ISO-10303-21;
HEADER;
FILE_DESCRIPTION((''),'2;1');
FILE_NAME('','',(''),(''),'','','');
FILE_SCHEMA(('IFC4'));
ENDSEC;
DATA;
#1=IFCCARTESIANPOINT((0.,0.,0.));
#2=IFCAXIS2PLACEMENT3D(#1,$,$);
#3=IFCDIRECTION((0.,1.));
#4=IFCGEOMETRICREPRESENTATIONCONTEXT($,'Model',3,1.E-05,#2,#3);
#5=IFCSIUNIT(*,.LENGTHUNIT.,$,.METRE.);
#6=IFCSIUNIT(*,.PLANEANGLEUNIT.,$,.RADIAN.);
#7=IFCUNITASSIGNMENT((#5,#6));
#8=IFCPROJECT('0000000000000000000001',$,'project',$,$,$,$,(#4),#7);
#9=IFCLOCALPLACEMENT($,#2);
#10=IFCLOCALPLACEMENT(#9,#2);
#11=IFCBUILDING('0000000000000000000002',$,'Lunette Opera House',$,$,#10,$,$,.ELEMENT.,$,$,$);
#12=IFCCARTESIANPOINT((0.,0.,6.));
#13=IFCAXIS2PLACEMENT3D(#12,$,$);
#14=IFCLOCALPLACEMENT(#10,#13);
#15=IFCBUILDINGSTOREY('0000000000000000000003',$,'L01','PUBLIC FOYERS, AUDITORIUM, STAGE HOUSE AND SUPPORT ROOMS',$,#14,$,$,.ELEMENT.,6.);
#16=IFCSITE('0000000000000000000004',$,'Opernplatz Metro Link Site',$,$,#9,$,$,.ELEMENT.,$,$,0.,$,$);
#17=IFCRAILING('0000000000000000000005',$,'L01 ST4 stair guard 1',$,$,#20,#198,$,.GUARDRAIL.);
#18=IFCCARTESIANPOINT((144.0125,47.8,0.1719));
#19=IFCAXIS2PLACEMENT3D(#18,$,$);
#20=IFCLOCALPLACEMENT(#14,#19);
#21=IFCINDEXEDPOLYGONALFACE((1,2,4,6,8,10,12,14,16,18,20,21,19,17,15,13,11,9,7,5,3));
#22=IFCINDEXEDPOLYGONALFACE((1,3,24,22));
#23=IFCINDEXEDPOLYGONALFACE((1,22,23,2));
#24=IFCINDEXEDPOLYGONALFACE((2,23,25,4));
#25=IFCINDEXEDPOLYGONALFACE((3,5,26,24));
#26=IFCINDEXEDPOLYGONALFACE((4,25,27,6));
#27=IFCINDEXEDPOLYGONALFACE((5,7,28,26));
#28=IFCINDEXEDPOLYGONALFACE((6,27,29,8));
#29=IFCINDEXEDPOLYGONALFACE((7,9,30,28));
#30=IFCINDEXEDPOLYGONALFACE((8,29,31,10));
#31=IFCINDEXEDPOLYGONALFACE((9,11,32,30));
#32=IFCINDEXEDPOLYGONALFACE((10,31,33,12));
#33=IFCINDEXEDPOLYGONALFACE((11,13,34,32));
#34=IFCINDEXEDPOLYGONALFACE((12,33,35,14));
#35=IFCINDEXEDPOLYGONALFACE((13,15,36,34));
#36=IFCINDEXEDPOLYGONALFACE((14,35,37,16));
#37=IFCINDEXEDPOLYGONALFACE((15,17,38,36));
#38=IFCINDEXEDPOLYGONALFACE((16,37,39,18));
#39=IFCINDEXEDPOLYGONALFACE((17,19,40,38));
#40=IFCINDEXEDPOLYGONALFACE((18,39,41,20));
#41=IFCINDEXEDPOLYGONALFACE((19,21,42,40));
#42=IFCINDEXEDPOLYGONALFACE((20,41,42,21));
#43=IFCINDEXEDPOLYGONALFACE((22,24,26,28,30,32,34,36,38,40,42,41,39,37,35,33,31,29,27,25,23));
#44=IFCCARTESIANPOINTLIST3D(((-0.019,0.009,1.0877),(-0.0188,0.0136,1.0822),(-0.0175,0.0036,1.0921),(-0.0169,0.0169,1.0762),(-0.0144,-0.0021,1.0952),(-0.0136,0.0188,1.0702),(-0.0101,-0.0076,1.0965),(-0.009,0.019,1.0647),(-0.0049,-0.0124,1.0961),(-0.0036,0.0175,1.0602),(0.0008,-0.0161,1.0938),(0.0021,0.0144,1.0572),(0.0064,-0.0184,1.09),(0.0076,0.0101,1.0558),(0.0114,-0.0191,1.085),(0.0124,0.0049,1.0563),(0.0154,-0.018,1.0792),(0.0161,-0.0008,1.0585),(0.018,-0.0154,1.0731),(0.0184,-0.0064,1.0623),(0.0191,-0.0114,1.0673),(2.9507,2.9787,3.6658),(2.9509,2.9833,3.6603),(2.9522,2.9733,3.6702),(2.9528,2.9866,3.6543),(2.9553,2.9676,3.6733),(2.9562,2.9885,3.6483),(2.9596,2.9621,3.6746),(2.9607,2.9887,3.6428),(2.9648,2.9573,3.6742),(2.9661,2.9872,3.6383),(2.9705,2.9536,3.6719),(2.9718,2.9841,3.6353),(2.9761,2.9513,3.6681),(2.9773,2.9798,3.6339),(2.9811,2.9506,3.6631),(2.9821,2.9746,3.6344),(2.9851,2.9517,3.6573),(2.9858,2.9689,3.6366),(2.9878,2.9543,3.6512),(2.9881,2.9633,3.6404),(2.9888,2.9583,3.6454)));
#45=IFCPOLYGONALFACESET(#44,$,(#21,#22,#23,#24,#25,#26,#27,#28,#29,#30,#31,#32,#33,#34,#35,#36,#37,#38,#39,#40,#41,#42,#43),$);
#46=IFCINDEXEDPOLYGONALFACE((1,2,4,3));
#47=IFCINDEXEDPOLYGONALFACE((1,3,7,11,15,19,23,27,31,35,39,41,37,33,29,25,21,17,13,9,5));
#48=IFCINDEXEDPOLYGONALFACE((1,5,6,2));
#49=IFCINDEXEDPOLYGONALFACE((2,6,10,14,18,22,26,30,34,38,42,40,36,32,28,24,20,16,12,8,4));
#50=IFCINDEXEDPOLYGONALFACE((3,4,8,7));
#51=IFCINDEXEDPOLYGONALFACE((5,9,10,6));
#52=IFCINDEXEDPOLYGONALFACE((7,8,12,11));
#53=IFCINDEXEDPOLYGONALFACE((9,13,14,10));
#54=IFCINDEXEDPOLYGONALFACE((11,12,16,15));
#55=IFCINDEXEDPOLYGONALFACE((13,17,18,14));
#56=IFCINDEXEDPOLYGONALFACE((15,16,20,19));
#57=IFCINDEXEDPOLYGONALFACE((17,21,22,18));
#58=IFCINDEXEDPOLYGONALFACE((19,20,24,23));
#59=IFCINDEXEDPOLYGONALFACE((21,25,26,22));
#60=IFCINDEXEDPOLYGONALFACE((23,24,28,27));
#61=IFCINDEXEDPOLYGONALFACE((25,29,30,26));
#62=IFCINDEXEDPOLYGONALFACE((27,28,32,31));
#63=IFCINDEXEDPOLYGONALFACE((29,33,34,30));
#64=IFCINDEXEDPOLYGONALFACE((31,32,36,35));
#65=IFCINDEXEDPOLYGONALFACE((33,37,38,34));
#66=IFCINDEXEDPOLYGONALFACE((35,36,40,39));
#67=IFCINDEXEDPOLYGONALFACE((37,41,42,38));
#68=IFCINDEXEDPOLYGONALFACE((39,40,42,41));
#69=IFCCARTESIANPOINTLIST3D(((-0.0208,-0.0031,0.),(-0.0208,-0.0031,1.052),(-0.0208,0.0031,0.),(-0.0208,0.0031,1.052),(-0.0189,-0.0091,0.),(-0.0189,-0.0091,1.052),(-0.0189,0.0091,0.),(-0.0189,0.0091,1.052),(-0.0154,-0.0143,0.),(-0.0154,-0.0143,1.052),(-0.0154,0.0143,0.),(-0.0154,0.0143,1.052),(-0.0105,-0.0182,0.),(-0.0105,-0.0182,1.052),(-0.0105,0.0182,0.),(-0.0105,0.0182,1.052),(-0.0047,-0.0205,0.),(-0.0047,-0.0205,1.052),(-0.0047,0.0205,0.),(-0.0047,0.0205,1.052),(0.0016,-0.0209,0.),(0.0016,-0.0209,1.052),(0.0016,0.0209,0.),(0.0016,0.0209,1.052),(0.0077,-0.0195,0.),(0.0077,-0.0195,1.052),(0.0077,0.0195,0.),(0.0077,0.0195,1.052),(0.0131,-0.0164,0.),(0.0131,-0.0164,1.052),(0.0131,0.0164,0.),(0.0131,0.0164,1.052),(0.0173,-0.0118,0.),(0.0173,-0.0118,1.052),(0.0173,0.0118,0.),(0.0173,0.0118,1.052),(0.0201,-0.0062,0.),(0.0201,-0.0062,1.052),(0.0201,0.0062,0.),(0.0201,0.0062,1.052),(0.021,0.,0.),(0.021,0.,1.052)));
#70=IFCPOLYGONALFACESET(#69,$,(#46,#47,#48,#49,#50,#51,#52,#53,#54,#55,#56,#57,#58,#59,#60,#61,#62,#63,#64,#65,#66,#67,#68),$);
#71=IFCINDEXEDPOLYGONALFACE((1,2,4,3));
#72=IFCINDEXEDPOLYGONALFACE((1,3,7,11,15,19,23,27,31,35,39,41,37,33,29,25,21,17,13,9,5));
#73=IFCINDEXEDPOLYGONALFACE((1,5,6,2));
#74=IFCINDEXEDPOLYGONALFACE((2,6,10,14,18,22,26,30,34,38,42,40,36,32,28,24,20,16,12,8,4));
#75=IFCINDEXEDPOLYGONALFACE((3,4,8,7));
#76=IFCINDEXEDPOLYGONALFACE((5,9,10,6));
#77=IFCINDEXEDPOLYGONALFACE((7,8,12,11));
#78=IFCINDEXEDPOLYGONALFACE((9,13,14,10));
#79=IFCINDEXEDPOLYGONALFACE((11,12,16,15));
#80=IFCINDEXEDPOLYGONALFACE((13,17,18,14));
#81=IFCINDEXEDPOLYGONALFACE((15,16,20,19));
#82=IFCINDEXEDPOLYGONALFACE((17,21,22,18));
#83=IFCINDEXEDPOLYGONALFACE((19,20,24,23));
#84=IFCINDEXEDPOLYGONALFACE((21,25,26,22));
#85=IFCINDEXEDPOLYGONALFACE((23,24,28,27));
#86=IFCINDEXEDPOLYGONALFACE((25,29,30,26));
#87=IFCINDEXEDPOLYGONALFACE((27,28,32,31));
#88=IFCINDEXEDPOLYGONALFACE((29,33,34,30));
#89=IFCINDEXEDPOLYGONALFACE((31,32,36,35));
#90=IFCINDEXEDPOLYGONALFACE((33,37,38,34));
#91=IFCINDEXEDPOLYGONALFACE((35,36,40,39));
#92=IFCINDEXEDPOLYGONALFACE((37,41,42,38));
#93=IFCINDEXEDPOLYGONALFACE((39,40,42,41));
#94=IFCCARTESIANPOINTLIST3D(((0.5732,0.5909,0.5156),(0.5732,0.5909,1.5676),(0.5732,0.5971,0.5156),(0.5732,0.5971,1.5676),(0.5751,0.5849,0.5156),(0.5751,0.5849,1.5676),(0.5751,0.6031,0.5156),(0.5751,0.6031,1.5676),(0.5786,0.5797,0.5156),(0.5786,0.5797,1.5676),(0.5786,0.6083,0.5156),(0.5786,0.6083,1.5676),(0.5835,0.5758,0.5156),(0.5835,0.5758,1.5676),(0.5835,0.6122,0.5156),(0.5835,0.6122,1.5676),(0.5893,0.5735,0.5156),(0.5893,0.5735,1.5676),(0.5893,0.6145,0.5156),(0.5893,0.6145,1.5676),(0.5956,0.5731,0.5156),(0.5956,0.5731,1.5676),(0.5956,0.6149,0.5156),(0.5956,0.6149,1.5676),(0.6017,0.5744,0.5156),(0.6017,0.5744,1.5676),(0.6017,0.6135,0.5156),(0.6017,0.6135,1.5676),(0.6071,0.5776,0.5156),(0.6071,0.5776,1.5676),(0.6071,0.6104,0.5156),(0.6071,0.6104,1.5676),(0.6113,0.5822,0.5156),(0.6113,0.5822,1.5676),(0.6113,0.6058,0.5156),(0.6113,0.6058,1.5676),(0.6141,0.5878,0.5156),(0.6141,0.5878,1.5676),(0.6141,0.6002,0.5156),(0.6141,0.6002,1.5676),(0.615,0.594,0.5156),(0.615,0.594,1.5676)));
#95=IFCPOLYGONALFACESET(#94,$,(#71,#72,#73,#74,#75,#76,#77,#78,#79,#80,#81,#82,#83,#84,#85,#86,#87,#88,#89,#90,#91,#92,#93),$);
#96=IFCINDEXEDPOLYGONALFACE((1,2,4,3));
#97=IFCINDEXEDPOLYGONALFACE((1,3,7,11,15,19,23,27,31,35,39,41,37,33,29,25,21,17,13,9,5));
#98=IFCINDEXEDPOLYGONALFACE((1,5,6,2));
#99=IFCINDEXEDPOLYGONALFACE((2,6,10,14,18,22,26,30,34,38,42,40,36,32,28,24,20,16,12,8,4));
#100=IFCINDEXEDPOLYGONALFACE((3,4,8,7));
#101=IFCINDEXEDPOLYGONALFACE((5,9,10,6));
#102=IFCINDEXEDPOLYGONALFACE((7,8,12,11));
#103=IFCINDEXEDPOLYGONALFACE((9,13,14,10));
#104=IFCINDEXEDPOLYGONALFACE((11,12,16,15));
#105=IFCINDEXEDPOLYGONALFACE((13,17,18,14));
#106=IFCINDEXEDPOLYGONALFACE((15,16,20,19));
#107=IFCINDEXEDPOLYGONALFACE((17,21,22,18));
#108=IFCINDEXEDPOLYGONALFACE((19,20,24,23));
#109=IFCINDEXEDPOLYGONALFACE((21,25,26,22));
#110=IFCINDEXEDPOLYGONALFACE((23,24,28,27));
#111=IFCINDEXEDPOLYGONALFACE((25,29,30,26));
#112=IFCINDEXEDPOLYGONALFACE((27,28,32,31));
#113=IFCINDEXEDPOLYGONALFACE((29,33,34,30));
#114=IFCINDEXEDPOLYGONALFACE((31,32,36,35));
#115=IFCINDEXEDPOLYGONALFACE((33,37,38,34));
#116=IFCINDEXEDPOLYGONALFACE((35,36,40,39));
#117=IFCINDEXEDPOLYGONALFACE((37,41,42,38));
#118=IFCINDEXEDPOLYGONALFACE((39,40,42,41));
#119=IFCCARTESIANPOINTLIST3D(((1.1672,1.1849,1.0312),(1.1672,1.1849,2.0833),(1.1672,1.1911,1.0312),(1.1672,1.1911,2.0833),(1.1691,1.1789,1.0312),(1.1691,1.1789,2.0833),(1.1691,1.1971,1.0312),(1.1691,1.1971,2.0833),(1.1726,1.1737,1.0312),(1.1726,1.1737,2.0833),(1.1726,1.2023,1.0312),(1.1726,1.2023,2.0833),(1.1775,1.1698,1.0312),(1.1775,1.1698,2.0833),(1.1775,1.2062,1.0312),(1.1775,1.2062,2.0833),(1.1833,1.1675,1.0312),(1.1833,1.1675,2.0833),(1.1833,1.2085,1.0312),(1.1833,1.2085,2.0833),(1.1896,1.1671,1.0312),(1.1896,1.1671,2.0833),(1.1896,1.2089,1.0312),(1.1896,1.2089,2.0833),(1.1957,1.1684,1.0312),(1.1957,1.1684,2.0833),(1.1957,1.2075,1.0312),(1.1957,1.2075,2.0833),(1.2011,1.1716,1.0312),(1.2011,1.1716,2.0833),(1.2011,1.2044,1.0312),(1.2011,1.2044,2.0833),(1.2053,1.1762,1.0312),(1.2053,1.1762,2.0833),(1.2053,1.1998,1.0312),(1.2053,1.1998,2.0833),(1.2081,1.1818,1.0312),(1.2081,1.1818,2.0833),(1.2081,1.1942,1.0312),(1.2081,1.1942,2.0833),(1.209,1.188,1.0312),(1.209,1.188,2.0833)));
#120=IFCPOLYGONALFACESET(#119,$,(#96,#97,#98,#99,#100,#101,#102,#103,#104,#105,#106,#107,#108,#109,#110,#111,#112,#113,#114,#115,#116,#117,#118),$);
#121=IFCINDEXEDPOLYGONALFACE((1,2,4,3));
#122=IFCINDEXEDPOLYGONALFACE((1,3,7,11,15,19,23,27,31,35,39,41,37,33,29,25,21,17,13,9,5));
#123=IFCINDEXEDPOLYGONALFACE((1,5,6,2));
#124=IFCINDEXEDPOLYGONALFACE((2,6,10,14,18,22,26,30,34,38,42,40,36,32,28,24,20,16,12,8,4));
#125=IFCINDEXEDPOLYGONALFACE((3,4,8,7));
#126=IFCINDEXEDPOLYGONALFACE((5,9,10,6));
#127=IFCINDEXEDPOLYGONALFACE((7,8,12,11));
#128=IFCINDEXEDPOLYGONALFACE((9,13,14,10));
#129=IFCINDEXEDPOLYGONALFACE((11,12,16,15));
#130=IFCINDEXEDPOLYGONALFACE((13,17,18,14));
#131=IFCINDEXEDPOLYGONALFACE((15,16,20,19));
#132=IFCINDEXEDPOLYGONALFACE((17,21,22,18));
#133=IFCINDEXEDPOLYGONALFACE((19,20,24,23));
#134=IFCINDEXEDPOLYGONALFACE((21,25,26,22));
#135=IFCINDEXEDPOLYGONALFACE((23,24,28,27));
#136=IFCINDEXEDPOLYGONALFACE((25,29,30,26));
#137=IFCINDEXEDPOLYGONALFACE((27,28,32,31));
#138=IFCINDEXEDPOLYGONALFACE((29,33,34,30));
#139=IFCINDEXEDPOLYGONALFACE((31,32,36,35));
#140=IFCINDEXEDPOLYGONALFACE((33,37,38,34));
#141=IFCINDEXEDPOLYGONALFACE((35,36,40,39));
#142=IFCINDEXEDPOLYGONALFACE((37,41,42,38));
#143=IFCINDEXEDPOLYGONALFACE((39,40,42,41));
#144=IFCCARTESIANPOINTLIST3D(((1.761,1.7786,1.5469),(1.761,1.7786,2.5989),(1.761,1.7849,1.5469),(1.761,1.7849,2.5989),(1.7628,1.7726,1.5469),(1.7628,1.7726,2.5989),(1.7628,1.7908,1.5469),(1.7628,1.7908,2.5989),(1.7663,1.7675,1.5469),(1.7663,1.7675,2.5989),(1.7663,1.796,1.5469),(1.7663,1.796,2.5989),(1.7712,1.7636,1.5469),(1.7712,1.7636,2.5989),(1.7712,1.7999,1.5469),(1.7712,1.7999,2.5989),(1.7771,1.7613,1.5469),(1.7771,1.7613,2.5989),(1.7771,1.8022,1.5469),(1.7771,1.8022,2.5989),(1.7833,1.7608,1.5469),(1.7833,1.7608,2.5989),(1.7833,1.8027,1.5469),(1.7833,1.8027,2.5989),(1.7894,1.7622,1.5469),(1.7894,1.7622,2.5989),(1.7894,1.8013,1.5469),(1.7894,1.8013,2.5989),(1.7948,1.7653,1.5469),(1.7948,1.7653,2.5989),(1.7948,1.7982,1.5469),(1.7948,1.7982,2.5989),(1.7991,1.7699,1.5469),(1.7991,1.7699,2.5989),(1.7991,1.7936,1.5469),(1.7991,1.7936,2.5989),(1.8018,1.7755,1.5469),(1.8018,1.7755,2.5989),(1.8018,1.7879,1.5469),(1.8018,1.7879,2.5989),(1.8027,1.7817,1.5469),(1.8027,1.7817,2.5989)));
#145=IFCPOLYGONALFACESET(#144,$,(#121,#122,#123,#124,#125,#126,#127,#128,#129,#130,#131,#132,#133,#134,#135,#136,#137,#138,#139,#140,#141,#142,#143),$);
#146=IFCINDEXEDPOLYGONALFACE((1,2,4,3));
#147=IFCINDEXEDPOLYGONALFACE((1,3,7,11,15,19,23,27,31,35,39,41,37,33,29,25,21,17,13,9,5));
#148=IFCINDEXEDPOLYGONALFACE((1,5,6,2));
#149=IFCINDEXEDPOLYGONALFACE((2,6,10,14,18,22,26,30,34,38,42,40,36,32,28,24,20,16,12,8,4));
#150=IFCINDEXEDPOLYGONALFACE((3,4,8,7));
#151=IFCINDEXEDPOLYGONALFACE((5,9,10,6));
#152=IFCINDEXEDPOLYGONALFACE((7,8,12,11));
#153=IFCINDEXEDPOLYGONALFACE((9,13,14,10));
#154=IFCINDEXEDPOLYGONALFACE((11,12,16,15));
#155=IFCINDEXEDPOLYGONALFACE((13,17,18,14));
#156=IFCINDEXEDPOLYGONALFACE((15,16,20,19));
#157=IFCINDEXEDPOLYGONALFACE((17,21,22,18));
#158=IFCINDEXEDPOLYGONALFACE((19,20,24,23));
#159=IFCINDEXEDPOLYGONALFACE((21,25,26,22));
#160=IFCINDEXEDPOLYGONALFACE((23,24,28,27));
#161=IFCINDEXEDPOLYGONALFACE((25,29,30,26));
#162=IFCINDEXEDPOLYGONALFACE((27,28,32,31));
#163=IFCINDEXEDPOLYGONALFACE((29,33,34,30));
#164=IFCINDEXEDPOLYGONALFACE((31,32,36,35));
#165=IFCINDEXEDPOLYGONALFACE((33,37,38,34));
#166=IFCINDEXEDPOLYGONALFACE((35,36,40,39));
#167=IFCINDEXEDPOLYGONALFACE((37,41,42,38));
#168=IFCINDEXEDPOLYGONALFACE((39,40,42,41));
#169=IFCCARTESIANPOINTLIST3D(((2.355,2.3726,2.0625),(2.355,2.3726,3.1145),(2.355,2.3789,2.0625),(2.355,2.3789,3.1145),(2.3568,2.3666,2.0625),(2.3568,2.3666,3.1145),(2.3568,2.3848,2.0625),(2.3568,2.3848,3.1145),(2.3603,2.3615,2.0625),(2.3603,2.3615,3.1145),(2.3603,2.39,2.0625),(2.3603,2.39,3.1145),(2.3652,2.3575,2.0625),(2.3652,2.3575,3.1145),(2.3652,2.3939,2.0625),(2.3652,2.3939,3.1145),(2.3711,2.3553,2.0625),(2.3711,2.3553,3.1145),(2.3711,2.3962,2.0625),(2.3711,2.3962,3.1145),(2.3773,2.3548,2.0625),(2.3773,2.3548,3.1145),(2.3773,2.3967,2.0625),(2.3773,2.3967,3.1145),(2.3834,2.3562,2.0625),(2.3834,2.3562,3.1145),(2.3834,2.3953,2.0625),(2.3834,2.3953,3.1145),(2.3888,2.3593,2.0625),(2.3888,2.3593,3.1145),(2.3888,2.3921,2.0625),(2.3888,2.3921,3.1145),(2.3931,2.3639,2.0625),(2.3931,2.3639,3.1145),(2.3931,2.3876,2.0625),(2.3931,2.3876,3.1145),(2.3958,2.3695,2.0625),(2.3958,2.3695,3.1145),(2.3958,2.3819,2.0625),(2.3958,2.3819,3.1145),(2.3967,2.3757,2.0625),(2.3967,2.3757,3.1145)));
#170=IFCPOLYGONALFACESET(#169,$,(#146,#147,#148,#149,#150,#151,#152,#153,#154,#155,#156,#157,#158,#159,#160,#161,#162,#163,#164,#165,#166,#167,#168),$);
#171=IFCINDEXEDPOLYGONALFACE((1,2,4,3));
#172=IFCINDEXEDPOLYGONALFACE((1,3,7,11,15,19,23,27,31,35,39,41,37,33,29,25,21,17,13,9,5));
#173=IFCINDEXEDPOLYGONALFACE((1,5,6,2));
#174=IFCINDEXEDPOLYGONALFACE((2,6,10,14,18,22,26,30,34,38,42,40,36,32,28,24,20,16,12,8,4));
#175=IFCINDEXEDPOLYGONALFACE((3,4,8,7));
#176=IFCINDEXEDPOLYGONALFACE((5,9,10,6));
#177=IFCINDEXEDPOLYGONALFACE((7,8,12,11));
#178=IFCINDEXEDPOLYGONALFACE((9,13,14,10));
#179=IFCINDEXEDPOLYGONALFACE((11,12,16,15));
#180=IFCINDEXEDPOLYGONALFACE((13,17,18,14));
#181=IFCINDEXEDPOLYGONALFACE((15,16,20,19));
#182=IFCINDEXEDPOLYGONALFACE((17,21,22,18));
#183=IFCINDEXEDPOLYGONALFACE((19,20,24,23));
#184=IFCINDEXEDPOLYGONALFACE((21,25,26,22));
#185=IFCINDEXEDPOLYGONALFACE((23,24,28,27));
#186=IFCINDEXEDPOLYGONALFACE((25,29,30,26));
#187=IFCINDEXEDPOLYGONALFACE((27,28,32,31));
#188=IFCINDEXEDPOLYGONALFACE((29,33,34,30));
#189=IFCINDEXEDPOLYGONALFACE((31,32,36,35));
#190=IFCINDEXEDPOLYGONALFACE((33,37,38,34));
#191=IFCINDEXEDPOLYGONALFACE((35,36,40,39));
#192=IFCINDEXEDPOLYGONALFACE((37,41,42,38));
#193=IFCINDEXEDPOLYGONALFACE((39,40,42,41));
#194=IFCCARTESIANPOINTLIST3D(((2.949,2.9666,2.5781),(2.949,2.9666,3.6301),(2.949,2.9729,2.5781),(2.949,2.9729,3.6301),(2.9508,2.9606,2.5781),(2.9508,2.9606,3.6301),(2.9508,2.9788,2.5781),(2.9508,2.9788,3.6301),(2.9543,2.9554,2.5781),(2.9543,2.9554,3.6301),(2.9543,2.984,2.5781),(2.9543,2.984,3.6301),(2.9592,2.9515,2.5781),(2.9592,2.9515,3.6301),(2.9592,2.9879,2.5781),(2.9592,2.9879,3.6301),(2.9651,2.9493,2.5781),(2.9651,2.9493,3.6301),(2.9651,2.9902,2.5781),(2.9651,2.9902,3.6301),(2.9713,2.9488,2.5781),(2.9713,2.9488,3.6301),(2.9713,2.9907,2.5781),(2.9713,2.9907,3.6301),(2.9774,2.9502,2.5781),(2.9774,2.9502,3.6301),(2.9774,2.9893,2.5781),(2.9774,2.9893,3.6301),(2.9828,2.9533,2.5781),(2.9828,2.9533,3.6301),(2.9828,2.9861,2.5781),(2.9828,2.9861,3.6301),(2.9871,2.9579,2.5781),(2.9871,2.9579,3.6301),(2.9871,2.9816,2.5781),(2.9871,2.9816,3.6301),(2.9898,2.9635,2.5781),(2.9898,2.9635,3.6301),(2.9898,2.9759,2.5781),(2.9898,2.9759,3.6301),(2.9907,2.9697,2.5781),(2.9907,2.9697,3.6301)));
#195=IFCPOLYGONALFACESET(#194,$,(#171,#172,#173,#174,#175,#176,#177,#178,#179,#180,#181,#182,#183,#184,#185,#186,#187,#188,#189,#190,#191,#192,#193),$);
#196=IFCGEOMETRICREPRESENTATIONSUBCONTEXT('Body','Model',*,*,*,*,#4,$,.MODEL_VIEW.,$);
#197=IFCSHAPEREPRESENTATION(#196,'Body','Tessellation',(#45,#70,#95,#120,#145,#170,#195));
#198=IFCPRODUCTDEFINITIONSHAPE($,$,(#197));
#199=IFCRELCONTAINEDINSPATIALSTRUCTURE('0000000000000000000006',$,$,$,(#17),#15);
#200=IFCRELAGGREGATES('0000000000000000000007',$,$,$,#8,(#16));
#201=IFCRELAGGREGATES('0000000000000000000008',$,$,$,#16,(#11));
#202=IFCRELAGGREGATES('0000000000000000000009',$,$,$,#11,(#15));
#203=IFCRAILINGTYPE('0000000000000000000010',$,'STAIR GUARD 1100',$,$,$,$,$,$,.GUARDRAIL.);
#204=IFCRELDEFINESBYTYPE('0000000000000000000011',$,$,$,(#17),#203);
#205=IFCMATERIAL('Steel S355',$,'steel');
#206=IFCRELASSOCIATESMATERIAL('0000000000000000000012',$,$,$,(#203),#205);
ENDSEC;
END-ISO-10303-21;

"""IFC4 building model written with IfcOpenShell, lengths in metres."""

from ifc_helpers import new_model, si_unit, direction, frame, origin, origin_2d, place, context, subcontext, project, spatial, circle, extrude, material, type_object, element, save


model = new_model("IFC4")

# Units and contexts
model_context = context("Model", 3, precision=1e-05, world=origin(), true_north=direction((0.0, 1.0)))
body_context = subcontext(model_context, "Body", "Model", "MODEL_VIEW")
ifc_project = project(units=[si_unit("LENGTHUNIT", "METRE"), si_unit("PLANEANGLEUNIT", "RADIAN")], contexts=[model_context])

# Site, building, storey
site_placement = place(None, origin())
site = spatial("IfcSite", under=ifc_project, at=site_placement, Name="Opernplatz Metro Link Site", CompositionType="ELEMENT", RefElevation=0.0)
building_placement = place(site_placement, origin())
building = spatial("IfcBuilding", under=site, at=building_placement, Name="Lunette Opera House", CompositionType="ELEMENT")
storey_placement = place(building_placement, frame((0.0, 0.0, 6.0)))
storey = spatial("IfcBuildingStorey", under=building, at=storey_placement, Name="L01", Description="PUBLIC FOYERS, AUDITORIUM, STAGE HOUSE AND SUPPORT ROOMS", CompositionType="ELEMENT", Elevation=6.0)

# Railing
ifc_material_1 = material(Name="Steel S355", Category="steel")
railing_type_1 = type_object("IfcRailingType", Name="STAIR GUARD 1100", PredefinedType="GUARDRAIL", material=ifc_material_1)
railing_1_placement = place(storey_placement, frame((144.0125, 47.8, 0.1719)))
element("IfcRailing", 1, at=railing_1_placement, inside=storey, type_object=railing_type_1, Name="L01 ST4 stair guard 1", PredefinedType="GUARDRAIL", context=body_context, shape_type="SweptSolid", body=[
    extrude(circle(Radius=0.0239, at=origin_2d()), frame((0.0, 0.0, 1.0762), z_axis=(0.602622, 0.602622, 0.523157), x_axis=(-0.707107, 0.707107, 0.0)), (0.0, 0.0, 1.0), 4.928),
    extrude(circle(Radius=0.021, at=origin_2d()), origin(), (0.0, 0.0, 1.0), 1.052),
    extrude(circle(Radius=0.021, at=origin_2d()), frame((0.594, 0.594, 0.5156)), (0.0, 0.0, 1.0), 1.052),
    extrude(circle(Radius=0.021, at=origin_2d()), frame((1.188, 1.188, 1.0312)), (0.0, 0.0, 1.0), 1.052),
    extrude(circle(Radius=0.021, at=origin_2d()), frame((1.7817, 1.7817, 1.5469)), (0.0, 0.0, 1.0), 1.052),
    extrude(circle(Radius=0.021, at=origin_2d()), frame((2.3757, 2.3757, 2.0625)), (0.0, 0.0, 1.0), 1.052),
    extrude(circle(Radius=0.021, at=origin_2d()), frame((2.9697, 2.9697, 2.5781)), (0.0, 0.0, 1.0), 1.052),
])

save(model, "model.ifc")
